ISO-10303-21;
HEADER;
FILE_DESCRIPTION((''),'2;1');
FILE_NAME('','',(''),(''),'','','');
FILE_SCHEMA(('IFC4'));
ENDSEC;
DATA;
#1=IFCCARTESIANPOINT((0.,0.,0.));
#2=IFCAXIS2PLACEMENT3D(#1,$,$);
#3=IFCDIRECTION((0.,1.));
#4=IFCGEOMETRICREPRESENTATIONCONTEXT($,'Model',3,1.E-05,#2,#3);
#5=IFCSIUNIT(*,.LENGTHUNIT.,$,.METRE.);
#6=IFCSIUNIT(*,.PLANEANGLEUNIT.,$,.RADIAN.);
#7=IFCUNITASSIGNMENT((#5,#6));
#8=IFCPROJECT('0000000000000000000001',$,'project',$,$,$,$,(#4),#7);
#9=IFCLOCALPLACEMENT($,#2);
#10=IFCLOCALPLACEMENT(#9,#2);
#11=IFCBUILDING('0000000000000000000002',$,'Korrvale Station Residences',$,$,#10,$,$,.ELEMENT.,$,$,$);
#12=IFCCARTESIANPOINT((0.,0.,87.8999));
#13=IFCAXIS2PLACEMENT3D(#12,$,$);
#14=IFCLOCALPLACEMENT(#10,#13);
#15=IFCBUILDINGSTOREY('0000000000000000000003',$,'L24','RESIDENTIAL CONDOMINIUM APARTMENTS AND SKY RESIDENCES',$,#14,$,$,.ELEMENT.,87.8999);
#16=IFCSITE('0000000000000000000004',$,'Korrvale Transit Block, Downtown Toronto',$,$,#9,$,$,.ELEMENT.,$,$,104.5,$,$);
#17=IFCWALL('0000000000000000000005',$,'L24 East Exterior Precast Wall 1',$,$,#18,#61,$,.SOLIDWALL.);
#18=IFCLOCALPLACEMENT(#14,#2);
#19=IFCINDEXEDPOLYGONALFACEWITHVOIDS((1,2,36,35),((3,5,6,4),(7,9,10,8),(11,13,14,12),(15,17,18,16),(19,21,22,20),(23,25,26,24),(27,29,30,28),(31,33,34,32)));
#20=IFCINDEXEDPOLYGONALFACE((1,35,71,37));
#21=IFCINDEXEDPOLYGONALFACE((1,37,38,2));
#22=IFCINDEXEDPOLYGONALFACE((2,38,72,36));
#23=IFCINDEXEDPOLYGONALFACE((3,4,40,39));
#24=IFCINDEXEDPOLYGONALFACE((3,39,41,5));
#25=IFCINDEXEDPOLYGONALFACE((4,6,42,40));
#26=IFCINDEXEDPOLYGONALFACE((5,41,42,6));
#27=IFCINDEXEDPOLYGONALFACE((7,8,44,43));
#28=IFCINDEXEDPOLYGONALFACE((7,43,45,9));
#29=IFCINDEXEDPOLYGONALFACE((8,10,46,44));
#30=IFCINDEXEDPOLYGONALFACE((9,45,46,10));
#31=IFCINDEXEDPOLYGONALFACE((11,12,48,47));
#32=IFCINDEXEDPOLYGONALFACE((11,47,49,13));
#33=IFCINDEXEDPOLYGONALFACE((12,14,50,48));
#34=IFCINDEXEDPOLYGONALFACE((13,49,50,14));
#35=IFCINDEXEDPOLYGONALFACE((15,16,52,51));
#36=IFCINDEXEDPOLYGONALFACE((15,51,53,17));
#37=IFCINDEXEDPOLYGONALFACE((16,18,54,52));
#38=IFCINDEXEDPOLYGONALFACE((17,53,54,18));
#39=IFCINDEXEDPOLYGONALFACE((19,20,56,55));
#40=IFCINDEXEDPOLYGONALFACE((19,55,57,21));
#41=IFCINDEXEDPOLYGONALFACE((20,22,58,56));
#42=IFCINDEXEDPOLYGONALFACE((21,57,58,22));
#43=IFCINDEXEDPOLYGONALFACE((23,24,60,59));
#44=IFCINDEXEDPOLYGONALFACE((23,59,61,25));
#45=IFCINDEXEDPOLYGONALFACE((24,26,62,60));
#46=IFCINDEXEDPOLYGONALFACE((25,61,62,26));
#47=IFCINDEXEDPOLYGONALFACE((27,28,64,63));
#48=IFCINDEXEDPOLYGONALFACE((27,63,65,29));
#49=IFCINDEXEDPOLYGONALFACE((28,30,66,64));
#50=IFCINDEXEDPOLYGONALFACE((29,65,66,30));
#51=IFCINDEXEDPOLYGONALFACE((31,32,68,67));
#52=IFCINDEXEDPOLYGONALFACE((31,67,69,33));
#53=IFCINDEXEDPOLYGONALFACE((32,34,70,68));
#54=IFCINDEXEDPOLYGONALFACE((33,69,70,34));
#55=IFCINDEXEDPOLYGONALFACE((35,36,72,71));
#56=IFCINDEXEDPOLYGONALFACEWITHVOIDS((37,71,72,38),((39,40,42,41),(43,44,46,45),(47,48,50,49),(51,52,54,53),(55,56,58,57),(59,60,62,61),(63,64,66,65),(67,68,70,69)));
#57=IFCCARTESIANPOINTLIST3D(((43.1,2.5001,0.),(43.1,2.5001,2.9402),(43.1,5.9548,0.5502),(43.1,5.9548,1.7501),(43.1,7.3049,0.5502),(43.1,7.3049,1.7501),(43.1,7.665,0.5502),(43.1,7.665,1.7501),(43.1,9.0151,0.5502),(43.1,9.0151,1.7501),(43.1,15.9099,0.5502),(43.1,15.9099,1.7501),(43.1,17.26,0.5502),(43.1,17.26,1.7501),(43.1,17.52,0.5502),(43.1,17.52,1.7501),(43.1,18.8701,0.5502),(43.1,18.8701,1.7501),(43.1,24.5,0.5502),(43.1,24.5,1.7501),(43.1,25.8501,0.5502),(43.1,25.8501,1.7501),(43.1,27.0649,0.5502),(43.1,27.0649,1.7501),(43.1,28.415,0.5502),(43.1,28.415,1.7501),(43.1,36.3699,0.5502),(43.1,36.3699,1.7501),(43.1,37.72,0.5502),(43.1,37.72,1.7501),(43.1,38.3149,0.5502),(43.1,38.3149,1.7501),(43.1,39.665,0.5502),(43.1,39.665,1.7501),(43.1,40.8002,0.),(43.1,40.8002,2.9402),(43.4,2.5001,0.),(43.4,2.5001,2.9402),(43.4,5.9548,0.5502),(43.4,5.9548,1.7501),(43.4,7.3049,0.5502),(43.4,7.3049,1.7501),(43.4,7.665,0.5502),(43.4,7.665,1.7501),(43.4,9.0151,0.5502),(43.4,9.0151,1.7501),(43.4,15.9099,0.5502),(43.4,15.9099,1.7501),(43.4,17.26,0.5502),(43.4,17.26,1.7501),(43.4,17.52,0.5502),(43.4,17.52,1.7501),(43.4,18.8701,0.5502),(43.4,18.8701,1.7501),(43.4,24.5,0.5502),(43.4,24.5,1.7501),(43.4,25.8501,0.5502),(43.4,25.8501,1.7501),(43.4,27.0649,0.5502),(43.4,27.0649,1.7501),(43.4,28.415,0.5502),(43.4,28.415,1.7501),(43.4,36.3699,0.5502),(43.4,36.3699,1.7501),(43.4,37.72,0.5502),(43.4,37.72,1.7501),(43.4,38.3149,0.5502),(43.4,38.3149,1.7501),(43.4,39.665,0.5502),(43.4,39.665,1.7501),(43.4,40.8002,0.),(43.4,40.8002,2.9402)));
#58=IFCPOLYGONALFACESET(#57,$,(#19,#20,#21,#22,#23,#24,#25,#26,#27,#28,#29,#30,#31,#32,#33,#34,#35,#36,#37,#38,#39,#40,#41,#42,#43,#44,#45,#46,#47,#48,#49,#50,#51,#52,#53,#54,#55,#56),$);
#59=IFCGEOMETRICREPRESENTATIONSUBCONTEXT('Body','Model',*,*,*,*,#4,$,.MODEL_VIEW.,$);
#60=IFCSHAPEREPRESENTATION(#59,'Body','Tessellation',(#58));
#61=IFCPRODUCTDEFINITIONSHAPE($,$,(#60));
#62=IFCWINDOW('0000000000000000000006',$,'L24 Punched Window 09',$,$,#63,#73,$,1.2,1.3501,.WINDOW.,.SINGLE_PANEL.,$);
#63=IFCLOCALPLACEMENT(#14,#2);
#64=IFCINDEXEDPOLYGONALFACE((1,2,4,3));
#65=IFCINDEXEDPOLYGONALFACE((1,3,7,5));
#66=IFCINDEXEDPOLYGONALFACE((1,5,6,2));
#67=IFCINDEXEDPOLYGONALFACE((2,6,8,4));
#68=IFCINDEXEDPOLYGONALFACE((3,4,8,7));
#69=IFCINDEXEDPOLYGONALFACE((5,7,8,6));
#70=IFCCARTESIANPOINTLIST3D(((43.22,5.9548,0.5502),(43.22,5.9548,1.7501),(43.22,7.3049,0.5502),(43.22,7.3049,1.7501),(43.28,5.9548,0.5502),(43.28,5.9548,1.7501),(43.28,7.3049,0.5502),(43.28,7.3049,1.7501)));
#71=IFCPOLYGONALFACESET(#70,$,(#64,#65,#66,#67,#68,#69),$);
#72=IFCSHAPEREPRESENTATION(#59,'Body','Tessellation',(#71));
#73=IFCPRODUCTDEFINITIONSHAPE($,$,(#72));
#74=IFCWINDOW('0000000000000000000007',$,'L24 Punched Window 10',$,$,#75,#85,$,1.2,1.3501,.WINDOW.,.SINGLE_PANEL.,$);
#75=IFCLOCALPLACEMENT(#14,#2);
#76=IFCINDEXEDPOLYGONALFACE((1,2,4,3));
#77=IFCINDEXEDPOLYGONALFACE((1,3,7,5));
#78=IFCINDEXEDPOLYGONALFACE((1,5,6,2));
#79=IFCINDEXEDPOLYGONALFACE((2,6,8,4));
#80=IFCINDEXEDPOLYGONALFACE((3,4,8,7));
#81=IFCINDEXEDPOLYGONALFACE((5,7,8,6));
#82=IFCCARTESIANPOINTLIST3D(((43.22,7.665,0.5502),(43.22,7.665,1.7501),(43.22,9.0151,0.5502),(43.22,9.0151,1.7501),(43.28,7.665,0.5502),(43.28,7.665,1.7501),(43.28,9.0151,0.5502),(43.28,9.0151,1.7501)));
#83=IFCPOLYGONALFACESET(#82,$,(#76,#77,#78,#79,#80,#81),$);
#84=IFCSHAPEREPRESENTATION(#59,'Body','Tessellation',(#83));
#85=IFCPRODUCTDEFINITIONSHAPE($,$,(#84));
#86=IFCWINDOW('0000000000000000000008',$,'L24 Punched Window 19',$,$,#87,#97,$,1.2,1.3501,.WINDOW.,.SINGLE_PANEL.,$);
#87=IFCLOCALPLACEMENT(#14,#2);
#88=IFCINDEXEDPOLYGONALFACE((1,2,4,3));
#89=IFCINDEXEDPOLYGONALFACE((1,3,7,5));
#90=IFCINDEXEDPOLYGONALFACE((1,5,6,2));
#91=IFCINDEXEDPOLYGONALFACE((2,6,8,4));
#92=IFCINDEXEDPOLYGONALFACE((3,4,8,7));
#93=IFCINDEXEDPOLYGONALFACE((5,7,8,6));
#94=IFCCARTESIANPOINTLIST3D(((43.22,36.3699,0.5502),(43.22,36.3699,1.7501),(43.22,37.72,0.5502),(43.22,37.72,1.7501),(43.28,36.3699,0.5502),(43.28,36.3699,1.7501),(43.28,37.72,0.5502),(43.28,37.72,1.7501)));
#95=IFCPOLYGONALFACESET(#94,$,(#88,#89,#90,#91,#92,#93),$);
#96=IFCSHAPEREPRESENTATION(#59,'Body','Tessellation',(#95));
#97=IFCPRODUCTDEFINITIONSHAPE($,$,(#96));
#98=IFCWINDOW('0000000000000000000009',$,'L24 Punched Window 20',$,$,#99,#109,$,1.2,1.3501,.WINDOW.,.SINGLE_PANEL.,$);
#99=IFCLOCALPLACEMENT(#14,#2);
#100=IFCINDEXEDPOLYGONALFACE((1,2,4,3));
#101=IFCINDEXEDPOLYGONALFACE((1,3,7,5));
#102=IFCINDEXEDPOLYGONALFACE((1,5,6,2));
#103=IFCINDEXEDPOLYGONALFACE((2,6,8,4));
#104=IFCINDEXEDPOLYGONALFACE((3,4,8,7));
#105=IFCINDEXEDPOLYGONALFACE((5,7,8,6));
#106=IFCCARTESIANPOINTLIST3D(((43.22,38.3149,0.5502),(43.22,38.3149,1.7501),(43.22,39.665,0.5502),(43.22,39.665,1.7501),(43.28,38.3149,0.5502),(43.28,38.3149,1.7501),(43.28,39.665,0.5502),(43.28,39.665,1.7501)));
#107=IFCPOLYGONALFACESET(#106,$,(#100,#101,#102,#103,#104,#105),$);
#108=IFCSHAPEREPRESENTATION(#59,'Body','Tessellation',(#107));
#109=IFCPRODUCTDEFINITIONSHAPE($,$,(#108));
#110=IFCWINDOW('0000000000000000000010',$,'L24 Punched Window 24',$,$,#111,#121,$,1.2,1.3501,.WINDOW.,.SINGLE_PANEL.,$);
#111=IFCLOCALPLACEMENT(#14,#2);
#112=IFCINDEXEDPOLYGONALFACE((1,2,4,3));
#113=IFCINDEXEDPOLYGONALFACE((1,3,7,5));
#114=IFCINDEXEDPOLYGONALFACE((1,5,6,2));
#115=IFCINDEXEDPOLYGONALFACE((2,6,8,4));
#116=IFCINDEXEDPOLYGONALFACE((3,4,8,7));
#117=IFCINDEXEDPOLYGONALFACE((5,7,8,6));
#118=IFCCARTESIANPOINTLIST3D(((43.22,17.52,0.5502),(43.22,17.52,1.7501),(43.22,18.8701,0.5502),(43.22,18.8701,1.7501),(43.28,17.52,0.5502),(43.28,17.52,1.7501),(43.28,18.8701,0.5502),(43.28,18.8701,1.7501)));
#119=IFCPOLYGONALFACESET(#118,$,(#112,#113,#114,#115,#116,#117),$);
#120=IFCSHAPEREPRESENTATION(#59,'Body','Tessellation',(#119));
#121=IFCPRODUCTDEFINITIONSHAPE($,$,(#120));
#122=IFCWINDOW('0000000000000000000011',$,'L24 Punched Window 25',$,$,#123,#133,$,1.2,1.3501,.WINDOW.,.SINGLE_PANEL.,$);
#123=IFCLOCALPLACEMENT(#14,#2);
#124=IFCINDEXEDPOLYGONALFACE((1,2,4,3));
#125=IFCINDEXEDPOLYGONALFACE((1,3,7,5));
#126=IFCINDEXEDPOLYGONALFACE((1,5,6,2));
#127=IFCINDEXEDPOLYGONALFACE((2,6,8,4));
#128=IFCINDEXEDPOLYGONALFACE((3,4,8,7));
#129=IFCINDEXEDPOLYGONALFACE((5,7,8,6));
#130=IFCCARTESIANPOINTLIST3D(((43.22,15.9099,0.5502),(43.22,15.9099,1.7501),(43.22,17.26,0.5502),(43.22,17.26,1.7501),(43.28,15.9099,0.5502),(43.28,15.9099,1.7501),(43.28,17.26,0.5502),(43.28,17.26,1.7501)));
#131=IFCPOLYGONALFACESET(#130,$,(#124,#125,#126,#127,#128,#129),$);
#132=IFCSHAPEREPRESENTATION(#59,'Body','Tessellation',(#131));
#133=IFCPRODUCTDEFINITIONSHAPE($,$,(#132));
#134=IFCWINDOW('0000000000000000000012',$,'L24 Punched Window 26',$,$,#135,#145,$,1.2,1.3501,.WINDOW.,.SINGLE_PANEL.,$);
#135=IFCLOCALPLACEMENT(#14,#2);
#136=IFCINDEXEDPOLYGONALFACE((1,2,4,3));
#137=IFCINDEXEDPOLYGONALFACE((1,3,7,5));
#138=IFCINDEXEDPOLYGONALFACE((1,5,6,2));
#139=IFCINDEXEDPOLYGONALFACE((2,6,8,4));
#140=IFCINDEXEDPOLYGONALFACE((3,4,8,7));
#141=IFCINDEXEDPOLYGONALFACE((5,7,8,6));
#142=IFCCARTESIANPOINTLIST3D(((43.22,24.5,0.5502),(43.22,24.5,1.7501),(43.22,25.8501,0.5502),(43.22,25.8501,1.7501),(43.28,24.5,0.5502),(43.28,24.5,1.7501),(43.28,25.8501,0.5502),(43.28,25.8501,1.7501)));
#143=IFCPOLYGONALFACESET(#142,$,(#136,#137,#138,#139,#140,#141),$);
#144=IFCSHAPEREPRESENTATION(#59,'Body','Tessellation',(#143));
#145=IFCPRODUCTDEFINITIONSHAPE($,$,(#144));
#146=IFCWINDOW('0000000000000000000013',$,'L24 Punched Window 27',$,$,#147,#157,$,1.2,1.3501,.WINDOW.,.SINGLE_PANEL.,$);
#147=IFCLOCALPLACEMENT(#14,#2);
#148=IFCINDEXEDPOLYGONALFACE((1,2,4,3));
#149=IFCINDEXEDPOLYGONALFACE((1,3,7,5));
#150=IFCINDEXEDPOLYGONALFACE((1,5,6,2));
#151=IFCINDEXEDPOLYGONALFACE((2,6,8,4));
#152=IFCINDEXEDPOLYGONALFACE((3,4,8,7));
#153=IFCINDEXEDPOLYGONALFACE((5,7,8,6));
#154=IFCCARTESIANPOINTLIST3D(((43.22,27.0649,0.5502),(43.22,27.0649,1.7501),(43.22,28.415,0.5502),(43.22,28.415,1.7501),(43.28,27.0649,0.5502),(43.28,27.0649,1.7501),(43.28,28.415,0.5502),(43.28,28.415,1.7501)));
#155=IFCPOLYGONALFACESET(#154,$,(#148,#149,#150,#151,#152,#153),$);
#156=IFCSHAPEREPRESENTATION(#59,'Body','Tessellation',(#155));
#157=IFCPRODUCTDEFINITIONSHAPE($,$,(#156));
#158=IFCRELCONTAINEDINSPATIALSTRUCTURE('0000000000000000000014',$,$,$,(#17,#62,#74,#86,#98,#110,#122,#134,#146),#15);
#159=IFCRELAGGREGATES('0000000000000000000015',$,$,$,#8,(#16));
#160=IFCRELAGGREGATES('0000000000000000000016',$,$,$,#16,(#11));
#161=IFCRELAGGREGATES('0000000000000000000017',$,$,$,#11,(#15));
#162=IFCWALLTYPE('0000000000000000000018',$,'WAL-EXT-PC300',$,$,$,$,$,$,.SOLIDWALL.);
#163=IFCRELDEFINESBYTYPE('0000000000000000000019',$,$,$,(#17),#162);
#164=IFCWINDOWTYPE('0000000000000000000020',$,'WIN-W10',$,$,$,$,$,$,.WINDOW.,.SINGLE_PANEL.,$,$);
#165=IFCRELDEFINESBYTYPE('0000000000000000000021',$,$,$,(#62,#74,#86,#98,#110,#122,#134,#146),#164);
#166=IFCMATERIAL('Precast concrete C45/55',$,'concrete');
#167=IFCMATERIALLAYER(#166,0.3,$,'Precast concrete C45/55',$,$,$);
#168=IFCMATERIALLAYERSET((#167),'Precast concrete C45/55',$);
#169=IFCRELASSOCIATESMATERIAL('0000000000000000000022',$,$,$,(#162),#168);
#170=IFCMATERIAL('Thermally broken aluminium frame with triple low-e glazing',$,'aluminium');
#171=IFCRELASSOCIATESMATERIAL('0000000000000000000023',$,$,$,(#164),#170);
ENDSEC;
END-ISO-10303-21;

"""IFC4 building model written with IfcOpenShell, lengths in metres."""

from ifc_helpers import new_model, si_unit, direction, frame, frame_2d, origin, place, context, subcontext, project, spatial, rectangle, extrude, material, layer, layer_set, type_object, element, fill, save


model = new_model("IFC4")

# Units and contexts
model_context = context("Model", 3, precision=1e-05, world=origin(), true_north=direction((0.0, 1.0)))
body_context = subcontext(model_context, "Body", "Model", "MODEL_VIEW")
ifc_project = project(units=[si_unit("LENGTHUNIT", "METRE"), si_unit("PLANEANGLEUNIT", "RADIAN")], contexts=[model_context])

# Site, building, storey
site_placement = place(None, origin())
site = spatial("IfcSite", under=ifc_project, at=site_placement, Name="Korrvale Transit Block, Downtown Toronto", CompositionType="ELEMENT", RefElevation=104.5)
building_placement = place(site_placement, origin())
building = spatial("IfcBuilding", under=site, at=building_placement, Name="Korrvale Station Residences", CompositionType="ELEMENT")
storey_placement = place(building_placement, frame((0.0, 0.0, 87.8999)))
storey = spatial("IfcBuildingStorey", under=building, at=storey_placement, Name="L24", Description="RESIDENTIAL CONDOMINIUM APARTMENTS AND SKY RESIDENCES", CompositionType="ELEMENT", Elevation=87.8999)

# Shared definitions
ifc_material_1 = material(Name="Precast concrete C45/55", Category="concrete")
ifc_layer_1 = layer(ifc_material_1, 0.3, Name="Precast concrete C45/55")
ifc_layer_set_1 = layer_set([ifc_layer_1], Name="Precast concrete C45/55")
wall_type_1 = type_object("IfcWallType", Name="WAL-EXT-PC300", PredefinedType="SOLIDWALL", material=ifc_layer_set_1)

# Wall, openings, windows
wall_1_placement = place(storey_placement, frame((43.25, 40.8, 0.0), z_axis=(0.0, 0.0, 1.0), x_axis=(0.0, -1.0, 0.0)))
wall_1 = element("IfcWall", 1, at=wall_1_placement, inside=storey, type_object=wall_type_1, Name="L24 East Exterior Precast Wall 1", PredefinedType="SOLIDWALL", context=body_context, shape_type="SweptSolid", body=[
    extrude(rectangle(XDim=38.3, YDim=0.3, at=frame_2d((19.1499, 0.0))), origin(), (0.0, 0.0, 1.0), 2.9402),
])
opening_1_placement = place(wall_1_placement, frame((33.4951, 0.0, 0.55)))
opening_1 = element("IfcOpeningElement", 2, at=opening_1_placement, cuts=wall_1, PredefinedType="OPENING", context=body_context, shape_type="SweptSolid", body=[
    extrude(rectangle(XDim=1.3501, YDim=1.2, at=frame_2d((0.675, 0.6001))), frame((0.0, 0.1602, 0.0), z_axis=(0.0, -1.0, 0.0), x_axis=(1.0, 0.0, 0.0)), (0.0, 0.0, 1.0), 0.3201),
])
opening_2_placement = place(wall_1_placement, frame((31.7849, 0.0, 0.55)))
opening_2 = element("IfcOpeningElement", 3, at=opening_2_placement, cuts=wall_1, PredefinedType="OPENING", context=body_context, shape_type="SweptSolid", body=[
    extrude(rectangle(XDim=1.3501, YDim=1.2, at=frame_2d((0.675, 0.6001))), frame((0.0, 0.1602, 0.0), z_axis=(0.0, -1.0, 0.0), x_axis=(1.0, 0.0, 0.0)), (0.0, 0.0, 1.0), 0.3201),
])
opening_3_placement = place(wall_1_placement, frame((3.0801, 0.0, 0.55)))
opening_3 = element("IfcOpeningElement", 4, at=opening_3_placement, cuts=wall_1, PredefinedType="OPENING", context=body_context, shape_type="SweptSolid", body=[
    extrude(rectangle(XDim=1.3501, YDim=1.2, at=frame_2d((0.675, 0.6001))), frame((0.0, 0.1602, 0.0), z_axis=(0.0, -1.0, 0.0), x_axis=(1.0, 0.0, 0.0)), (0.0, 0.0, 1.0), 0.3201),
])
opening_4_placement = place(wall_1_placement, frame((1.135, 0.0, 0.55)))
opening_4 = element("IfcOpeningElement", 5, at=opening_4_placement, cuts=wall_1, PredefinedType="OPENING", context=body_context, shape_type="SweptSolid", body=[
    extrude(rectangle(XDim=1.3501, YDim=1.2, at=frame_2d((0.675, 0.6001))), frame((0.0, 0.1602, 0.0), z_axis=(0.0, -1.0, 0.0), x_axis=(1.0, 0.0, 0.0)), (0.0, 0.0, 1.0), 0.3201),
])
opening_5_placement = place(wall_1_placement, frame((21.9299, 0.0, 0.55)))
opening_5 = element("IfcOpeningElement", 6, at=opening_5_placement, cuts=wall_1, PredefinedType="OPENING", context=body_context, shape_type="SweptSolid", body=[
    extrude(rectangle(XDim=1.3501, YDim=1.2, at=frame_2d((0.675, 0.6001))), frame((0.0, 0.1602, 0.0), z_axis=(0.0, -1.0, 0.0), x_axis=(1.0, 0.0, 0.0)), (0.0, 0.0, 1.0), 0.3201),
])
opening_6_placement = place(wall_1_placement, frame((23.54, 0.0, 0.55)))
opening_6 = element("IfcOpeningElement", 7, at=opening_6_placement, cuts=wall_1, PredefinedType="OPENING", context=body_context, shape_type="SweptSolid", body=[
    extrude(rectangle(XDim=1.3501, YDim=1.2, at=frame_2d((0.675, 0.6001))), frame((0.0, 0.1602, 0.0), z_axis=(0.0, -1.0, 0.0), x_axis=(1.0, 0.0, 0.0)), (0.0, 0.0, 1.0), 0.3201),
])
opening_7_placement = place(wall_1_placement, frame((14.95, 0.0, 0.55)))
opening_7 = element("IfcOpeningElement", 8, at=opening_7_placement, cuts=wall_1, PredefinedType="OPENING", context=body_context, shape_type="SweptSolid", body=[
    extrude(rectangle(XDim=1.3501, YDim=1.2, at=frame_2d((0.675, 0.6001))), frame((0.0, 0.1602, 0.0), z_axis=(0.0, -1.0, 0.0), x_axis=(1.0, 0.0, 0.0)), (0.0, 0.0, 1.0), 0.3201),
])
opening_8_placement = place(wall_1_placement, frame((12.385, 0.0, 0.55)))
opening_8 = element("IfcOpeningElement", 9, at=opening_8_placement, cuts=wall_1, PredefinedType="OPENING", context=body_context, shape_type="SweptSolid", body=[
    extrude(rectangle(XDim=1.3501, YDim=1.2, at=frame_2d((0.675, 0.6001))), frame((0.0, 0.1602, 0.0), z_axis=(0.0, -1.0, 0.0), x_axis=(1.0, 0.0, 0.0)), (0.0, 0.0, 1.0), 0.3201),
])
ifc_material_2 = material(Name="Thermally broken aluminium frame with triple low-e glazing", Category="aluminium")
window_type = type_object("IfcWindowType", Name="WIN-W10", PartitioningType="SINGLE_PANEL", PredefinedType="WINDOW", material=ifc_material_2)
window_1_placement = place(opening_1_placement, origin())
window_1 = element("IfcWindow", 10, at=window_1_placement, inside=storey, type_object=window_type, Name="L24 Punched Window 09", OverallHeight=1.2, OverallWidth=1.3501, PartitioningType="SINGLE_PANEL", PredefinedType="WINDOW", context=body_context, shape_type="SweptSolid", body=[
    extrude(rectangle(XDim=1.3501, YDim=1.2, at=frame_2d((0.675, 0.6001))), frame((0.0, 0.03, 0.0), z_axis=(0.0, -1.0, 0.0), x_axis=(1.0, 0.0, 0.0)), (0.0, 0.0, 1.0), 0.0601),
])
fill(opening_1, window_1)
window_2_placement = place(opening_2_placement, origin())
window_2 = element("IfcWindow", 11, at=window_2_placement, inside=storey, type_object=window_type, Name="L24 Punched Window 10", OverallHeight=1.2, OverallWidth=1.3501, PartitioningType="SINGLE_PANEL", PredefinedType="WINDOW", context=body_context, shape_type="SweptSolid", body=[
    extrude(rectangle(XDim=1.3501, YDim=1.2, at=frame_2d((0.675, 0.6001))), frame((0.0, 0.03, 0.0), z_axis=(0.0, -1.0, 0.0), x_axis=(1.0, 0.0, 0.0)), (0.0, 0.0, 1.0), 0.0601),
])
fill(opening_2, window_2)
window_3_placement = place(opening_3_placement, origin())
window_3 = element("IfcWindow", 12, at=window_3_placement, inside=storey, type_object=window_type, Name="L24 Punched Window 19", OverallHeight=1.2, OverallWidth=1.3501, PartitioningType="SINGLE_PANEL", PredefinedType="WINDOW", context=body_context, shape_type="SweptSolid", body=[
    extrude(rectangle(XDim=1.3501, YDim=1.2, at=frame_2d((0.675, 0.6001))), frame((0.0, 0.03, 0.0), z_axis=(0.0, -1.0, 0.0), x_axis=(1.0, 0.0, 0.0)), (0.0, 0.0, 1.0), 0.0601),
])
fill(opening_3, window_3)
window_4_placement = place(opening_4_placement, origin())
window_4 = element("IfcWindow", 13, at=window_4_placement, inside=storey, type_object=window_type, Name="L24 Punched Window 20", OverallHeight=1.2, OverallWidth=1.3501, PartitioningType="SINGLE_PANEL", PredefinedType="WINDOW", context=body_context, shape_type="SweptSolid", body=[
    extrude(rectangle(XDim=1.3501, YDim=1.2, at=frame_2d((0.675, 0.6001))), frame((0.0, 0.03, 0.0), z_axis=(0.0, -1.0, 0.0), x_axis=(1.0, 0.0, 0.0)), (0.0, 0.0, 1.0), 0.0601),
])
fill(opening_4, window_4)
window_5_placement = place(opening_5_placement, origin())
window_5 = element("IfcWindow", 14, at=window_5_placement, inside=storey, type_object=window_type, Name="L24 Punched Window 24", OverallHeight=1.2, OverallWidth=1.3501, PartitioningType="SINGLE_PANEL", PredefinedType="WINDOW", context=body_context, shape_type="SweptSolid", body=[
    extrude(rectangle(XDim=1.3501, YDim=1.2, at=frame_2d((0.675, 0.6001))), frame((0.0, 0.03, 0.0), z_axis=(0.0, -1.0, 0.0), x_axis=(1.0, 0.0, 0.0)), (0.0, 0.0, 1.0), 0.0601),
])
fill(opening_5, window_5)
window_6_placement = place(opening_6_placement, origin())
window_6 = element("IfcWindow", 15, at=window_6_placement, inside=storey, type_object=window_type, Name="L24 Punched Window 25", OverallHeight=1.2, OverallWidth=1.3501, PartitioningType="SINGLE_PANEL", PredefinedType="WINDOW", context=body_context, shape_type="SweptSolid", body=[
    extrude(rectangle(XDim=1.3501, YDim=1.2, at=frame_2d((0.675, 0.6001))), frame((0.0, 0.03, 0.0), z_axis=(0.0, -1.0, 0.0), x_axis=(1.0, 0.0, 0.0)), (0.0, 0.0, 1.0), 0.0601),
])
fill(opening_6, window_6)
window_7_placement = place(opening_7_placement, origin())
window_7 = element("IfcWindow", 16, at=window_7_placement, inside=storey, type_object=window_type, Name="L24 Punched Window 26", OverallHeight=1.2, OverallWidth=1.3501, PartitioningType="SINGLE_PANEL", PredefinedType="WINDOW", context=body_context, shape_type="SweptSolid", body=[
    extrude(rectangle(XDim=1.3501, YDim=1.2, at=frame_2d((0.675, 0.6001))), frame((0.0, 0.03, 0.0), z_axis=(0.0, -1.0, 0.0), x_axis=(1.0, 0.0, 0.0)), (0.0, 0.0, 1.0), 0.0601),
])
fill(opening_7, window_7)
window_8_placement = place(opening_8_placement, origin())
window_8 = element("IfcWindow", 17, at=window_8_placement, inside=storey, type_object=window_type, Name="L24 Punched Window 27", OverallHeight=1.2, OverallWidth=1.3501, PartitioningType="SINGLE_PANEL", PredefinedType="WINDOW", context=body_context, shape_type="SweptSolid", body=[
    extrude(rectangle(XDim=1.3501, YDim=1.2, at=frame_2d((0.675, 0.6001))), frame((0.0, 0.03, 0.0), z_axis=(0.0, -1.0, 0.0), x_axis=(1.0, 0.0, 0.0)), (0.0, 0.0, 1.0), 0.0601),
])
fill(opening_8, window_8)

save(model, "model.ifc")
